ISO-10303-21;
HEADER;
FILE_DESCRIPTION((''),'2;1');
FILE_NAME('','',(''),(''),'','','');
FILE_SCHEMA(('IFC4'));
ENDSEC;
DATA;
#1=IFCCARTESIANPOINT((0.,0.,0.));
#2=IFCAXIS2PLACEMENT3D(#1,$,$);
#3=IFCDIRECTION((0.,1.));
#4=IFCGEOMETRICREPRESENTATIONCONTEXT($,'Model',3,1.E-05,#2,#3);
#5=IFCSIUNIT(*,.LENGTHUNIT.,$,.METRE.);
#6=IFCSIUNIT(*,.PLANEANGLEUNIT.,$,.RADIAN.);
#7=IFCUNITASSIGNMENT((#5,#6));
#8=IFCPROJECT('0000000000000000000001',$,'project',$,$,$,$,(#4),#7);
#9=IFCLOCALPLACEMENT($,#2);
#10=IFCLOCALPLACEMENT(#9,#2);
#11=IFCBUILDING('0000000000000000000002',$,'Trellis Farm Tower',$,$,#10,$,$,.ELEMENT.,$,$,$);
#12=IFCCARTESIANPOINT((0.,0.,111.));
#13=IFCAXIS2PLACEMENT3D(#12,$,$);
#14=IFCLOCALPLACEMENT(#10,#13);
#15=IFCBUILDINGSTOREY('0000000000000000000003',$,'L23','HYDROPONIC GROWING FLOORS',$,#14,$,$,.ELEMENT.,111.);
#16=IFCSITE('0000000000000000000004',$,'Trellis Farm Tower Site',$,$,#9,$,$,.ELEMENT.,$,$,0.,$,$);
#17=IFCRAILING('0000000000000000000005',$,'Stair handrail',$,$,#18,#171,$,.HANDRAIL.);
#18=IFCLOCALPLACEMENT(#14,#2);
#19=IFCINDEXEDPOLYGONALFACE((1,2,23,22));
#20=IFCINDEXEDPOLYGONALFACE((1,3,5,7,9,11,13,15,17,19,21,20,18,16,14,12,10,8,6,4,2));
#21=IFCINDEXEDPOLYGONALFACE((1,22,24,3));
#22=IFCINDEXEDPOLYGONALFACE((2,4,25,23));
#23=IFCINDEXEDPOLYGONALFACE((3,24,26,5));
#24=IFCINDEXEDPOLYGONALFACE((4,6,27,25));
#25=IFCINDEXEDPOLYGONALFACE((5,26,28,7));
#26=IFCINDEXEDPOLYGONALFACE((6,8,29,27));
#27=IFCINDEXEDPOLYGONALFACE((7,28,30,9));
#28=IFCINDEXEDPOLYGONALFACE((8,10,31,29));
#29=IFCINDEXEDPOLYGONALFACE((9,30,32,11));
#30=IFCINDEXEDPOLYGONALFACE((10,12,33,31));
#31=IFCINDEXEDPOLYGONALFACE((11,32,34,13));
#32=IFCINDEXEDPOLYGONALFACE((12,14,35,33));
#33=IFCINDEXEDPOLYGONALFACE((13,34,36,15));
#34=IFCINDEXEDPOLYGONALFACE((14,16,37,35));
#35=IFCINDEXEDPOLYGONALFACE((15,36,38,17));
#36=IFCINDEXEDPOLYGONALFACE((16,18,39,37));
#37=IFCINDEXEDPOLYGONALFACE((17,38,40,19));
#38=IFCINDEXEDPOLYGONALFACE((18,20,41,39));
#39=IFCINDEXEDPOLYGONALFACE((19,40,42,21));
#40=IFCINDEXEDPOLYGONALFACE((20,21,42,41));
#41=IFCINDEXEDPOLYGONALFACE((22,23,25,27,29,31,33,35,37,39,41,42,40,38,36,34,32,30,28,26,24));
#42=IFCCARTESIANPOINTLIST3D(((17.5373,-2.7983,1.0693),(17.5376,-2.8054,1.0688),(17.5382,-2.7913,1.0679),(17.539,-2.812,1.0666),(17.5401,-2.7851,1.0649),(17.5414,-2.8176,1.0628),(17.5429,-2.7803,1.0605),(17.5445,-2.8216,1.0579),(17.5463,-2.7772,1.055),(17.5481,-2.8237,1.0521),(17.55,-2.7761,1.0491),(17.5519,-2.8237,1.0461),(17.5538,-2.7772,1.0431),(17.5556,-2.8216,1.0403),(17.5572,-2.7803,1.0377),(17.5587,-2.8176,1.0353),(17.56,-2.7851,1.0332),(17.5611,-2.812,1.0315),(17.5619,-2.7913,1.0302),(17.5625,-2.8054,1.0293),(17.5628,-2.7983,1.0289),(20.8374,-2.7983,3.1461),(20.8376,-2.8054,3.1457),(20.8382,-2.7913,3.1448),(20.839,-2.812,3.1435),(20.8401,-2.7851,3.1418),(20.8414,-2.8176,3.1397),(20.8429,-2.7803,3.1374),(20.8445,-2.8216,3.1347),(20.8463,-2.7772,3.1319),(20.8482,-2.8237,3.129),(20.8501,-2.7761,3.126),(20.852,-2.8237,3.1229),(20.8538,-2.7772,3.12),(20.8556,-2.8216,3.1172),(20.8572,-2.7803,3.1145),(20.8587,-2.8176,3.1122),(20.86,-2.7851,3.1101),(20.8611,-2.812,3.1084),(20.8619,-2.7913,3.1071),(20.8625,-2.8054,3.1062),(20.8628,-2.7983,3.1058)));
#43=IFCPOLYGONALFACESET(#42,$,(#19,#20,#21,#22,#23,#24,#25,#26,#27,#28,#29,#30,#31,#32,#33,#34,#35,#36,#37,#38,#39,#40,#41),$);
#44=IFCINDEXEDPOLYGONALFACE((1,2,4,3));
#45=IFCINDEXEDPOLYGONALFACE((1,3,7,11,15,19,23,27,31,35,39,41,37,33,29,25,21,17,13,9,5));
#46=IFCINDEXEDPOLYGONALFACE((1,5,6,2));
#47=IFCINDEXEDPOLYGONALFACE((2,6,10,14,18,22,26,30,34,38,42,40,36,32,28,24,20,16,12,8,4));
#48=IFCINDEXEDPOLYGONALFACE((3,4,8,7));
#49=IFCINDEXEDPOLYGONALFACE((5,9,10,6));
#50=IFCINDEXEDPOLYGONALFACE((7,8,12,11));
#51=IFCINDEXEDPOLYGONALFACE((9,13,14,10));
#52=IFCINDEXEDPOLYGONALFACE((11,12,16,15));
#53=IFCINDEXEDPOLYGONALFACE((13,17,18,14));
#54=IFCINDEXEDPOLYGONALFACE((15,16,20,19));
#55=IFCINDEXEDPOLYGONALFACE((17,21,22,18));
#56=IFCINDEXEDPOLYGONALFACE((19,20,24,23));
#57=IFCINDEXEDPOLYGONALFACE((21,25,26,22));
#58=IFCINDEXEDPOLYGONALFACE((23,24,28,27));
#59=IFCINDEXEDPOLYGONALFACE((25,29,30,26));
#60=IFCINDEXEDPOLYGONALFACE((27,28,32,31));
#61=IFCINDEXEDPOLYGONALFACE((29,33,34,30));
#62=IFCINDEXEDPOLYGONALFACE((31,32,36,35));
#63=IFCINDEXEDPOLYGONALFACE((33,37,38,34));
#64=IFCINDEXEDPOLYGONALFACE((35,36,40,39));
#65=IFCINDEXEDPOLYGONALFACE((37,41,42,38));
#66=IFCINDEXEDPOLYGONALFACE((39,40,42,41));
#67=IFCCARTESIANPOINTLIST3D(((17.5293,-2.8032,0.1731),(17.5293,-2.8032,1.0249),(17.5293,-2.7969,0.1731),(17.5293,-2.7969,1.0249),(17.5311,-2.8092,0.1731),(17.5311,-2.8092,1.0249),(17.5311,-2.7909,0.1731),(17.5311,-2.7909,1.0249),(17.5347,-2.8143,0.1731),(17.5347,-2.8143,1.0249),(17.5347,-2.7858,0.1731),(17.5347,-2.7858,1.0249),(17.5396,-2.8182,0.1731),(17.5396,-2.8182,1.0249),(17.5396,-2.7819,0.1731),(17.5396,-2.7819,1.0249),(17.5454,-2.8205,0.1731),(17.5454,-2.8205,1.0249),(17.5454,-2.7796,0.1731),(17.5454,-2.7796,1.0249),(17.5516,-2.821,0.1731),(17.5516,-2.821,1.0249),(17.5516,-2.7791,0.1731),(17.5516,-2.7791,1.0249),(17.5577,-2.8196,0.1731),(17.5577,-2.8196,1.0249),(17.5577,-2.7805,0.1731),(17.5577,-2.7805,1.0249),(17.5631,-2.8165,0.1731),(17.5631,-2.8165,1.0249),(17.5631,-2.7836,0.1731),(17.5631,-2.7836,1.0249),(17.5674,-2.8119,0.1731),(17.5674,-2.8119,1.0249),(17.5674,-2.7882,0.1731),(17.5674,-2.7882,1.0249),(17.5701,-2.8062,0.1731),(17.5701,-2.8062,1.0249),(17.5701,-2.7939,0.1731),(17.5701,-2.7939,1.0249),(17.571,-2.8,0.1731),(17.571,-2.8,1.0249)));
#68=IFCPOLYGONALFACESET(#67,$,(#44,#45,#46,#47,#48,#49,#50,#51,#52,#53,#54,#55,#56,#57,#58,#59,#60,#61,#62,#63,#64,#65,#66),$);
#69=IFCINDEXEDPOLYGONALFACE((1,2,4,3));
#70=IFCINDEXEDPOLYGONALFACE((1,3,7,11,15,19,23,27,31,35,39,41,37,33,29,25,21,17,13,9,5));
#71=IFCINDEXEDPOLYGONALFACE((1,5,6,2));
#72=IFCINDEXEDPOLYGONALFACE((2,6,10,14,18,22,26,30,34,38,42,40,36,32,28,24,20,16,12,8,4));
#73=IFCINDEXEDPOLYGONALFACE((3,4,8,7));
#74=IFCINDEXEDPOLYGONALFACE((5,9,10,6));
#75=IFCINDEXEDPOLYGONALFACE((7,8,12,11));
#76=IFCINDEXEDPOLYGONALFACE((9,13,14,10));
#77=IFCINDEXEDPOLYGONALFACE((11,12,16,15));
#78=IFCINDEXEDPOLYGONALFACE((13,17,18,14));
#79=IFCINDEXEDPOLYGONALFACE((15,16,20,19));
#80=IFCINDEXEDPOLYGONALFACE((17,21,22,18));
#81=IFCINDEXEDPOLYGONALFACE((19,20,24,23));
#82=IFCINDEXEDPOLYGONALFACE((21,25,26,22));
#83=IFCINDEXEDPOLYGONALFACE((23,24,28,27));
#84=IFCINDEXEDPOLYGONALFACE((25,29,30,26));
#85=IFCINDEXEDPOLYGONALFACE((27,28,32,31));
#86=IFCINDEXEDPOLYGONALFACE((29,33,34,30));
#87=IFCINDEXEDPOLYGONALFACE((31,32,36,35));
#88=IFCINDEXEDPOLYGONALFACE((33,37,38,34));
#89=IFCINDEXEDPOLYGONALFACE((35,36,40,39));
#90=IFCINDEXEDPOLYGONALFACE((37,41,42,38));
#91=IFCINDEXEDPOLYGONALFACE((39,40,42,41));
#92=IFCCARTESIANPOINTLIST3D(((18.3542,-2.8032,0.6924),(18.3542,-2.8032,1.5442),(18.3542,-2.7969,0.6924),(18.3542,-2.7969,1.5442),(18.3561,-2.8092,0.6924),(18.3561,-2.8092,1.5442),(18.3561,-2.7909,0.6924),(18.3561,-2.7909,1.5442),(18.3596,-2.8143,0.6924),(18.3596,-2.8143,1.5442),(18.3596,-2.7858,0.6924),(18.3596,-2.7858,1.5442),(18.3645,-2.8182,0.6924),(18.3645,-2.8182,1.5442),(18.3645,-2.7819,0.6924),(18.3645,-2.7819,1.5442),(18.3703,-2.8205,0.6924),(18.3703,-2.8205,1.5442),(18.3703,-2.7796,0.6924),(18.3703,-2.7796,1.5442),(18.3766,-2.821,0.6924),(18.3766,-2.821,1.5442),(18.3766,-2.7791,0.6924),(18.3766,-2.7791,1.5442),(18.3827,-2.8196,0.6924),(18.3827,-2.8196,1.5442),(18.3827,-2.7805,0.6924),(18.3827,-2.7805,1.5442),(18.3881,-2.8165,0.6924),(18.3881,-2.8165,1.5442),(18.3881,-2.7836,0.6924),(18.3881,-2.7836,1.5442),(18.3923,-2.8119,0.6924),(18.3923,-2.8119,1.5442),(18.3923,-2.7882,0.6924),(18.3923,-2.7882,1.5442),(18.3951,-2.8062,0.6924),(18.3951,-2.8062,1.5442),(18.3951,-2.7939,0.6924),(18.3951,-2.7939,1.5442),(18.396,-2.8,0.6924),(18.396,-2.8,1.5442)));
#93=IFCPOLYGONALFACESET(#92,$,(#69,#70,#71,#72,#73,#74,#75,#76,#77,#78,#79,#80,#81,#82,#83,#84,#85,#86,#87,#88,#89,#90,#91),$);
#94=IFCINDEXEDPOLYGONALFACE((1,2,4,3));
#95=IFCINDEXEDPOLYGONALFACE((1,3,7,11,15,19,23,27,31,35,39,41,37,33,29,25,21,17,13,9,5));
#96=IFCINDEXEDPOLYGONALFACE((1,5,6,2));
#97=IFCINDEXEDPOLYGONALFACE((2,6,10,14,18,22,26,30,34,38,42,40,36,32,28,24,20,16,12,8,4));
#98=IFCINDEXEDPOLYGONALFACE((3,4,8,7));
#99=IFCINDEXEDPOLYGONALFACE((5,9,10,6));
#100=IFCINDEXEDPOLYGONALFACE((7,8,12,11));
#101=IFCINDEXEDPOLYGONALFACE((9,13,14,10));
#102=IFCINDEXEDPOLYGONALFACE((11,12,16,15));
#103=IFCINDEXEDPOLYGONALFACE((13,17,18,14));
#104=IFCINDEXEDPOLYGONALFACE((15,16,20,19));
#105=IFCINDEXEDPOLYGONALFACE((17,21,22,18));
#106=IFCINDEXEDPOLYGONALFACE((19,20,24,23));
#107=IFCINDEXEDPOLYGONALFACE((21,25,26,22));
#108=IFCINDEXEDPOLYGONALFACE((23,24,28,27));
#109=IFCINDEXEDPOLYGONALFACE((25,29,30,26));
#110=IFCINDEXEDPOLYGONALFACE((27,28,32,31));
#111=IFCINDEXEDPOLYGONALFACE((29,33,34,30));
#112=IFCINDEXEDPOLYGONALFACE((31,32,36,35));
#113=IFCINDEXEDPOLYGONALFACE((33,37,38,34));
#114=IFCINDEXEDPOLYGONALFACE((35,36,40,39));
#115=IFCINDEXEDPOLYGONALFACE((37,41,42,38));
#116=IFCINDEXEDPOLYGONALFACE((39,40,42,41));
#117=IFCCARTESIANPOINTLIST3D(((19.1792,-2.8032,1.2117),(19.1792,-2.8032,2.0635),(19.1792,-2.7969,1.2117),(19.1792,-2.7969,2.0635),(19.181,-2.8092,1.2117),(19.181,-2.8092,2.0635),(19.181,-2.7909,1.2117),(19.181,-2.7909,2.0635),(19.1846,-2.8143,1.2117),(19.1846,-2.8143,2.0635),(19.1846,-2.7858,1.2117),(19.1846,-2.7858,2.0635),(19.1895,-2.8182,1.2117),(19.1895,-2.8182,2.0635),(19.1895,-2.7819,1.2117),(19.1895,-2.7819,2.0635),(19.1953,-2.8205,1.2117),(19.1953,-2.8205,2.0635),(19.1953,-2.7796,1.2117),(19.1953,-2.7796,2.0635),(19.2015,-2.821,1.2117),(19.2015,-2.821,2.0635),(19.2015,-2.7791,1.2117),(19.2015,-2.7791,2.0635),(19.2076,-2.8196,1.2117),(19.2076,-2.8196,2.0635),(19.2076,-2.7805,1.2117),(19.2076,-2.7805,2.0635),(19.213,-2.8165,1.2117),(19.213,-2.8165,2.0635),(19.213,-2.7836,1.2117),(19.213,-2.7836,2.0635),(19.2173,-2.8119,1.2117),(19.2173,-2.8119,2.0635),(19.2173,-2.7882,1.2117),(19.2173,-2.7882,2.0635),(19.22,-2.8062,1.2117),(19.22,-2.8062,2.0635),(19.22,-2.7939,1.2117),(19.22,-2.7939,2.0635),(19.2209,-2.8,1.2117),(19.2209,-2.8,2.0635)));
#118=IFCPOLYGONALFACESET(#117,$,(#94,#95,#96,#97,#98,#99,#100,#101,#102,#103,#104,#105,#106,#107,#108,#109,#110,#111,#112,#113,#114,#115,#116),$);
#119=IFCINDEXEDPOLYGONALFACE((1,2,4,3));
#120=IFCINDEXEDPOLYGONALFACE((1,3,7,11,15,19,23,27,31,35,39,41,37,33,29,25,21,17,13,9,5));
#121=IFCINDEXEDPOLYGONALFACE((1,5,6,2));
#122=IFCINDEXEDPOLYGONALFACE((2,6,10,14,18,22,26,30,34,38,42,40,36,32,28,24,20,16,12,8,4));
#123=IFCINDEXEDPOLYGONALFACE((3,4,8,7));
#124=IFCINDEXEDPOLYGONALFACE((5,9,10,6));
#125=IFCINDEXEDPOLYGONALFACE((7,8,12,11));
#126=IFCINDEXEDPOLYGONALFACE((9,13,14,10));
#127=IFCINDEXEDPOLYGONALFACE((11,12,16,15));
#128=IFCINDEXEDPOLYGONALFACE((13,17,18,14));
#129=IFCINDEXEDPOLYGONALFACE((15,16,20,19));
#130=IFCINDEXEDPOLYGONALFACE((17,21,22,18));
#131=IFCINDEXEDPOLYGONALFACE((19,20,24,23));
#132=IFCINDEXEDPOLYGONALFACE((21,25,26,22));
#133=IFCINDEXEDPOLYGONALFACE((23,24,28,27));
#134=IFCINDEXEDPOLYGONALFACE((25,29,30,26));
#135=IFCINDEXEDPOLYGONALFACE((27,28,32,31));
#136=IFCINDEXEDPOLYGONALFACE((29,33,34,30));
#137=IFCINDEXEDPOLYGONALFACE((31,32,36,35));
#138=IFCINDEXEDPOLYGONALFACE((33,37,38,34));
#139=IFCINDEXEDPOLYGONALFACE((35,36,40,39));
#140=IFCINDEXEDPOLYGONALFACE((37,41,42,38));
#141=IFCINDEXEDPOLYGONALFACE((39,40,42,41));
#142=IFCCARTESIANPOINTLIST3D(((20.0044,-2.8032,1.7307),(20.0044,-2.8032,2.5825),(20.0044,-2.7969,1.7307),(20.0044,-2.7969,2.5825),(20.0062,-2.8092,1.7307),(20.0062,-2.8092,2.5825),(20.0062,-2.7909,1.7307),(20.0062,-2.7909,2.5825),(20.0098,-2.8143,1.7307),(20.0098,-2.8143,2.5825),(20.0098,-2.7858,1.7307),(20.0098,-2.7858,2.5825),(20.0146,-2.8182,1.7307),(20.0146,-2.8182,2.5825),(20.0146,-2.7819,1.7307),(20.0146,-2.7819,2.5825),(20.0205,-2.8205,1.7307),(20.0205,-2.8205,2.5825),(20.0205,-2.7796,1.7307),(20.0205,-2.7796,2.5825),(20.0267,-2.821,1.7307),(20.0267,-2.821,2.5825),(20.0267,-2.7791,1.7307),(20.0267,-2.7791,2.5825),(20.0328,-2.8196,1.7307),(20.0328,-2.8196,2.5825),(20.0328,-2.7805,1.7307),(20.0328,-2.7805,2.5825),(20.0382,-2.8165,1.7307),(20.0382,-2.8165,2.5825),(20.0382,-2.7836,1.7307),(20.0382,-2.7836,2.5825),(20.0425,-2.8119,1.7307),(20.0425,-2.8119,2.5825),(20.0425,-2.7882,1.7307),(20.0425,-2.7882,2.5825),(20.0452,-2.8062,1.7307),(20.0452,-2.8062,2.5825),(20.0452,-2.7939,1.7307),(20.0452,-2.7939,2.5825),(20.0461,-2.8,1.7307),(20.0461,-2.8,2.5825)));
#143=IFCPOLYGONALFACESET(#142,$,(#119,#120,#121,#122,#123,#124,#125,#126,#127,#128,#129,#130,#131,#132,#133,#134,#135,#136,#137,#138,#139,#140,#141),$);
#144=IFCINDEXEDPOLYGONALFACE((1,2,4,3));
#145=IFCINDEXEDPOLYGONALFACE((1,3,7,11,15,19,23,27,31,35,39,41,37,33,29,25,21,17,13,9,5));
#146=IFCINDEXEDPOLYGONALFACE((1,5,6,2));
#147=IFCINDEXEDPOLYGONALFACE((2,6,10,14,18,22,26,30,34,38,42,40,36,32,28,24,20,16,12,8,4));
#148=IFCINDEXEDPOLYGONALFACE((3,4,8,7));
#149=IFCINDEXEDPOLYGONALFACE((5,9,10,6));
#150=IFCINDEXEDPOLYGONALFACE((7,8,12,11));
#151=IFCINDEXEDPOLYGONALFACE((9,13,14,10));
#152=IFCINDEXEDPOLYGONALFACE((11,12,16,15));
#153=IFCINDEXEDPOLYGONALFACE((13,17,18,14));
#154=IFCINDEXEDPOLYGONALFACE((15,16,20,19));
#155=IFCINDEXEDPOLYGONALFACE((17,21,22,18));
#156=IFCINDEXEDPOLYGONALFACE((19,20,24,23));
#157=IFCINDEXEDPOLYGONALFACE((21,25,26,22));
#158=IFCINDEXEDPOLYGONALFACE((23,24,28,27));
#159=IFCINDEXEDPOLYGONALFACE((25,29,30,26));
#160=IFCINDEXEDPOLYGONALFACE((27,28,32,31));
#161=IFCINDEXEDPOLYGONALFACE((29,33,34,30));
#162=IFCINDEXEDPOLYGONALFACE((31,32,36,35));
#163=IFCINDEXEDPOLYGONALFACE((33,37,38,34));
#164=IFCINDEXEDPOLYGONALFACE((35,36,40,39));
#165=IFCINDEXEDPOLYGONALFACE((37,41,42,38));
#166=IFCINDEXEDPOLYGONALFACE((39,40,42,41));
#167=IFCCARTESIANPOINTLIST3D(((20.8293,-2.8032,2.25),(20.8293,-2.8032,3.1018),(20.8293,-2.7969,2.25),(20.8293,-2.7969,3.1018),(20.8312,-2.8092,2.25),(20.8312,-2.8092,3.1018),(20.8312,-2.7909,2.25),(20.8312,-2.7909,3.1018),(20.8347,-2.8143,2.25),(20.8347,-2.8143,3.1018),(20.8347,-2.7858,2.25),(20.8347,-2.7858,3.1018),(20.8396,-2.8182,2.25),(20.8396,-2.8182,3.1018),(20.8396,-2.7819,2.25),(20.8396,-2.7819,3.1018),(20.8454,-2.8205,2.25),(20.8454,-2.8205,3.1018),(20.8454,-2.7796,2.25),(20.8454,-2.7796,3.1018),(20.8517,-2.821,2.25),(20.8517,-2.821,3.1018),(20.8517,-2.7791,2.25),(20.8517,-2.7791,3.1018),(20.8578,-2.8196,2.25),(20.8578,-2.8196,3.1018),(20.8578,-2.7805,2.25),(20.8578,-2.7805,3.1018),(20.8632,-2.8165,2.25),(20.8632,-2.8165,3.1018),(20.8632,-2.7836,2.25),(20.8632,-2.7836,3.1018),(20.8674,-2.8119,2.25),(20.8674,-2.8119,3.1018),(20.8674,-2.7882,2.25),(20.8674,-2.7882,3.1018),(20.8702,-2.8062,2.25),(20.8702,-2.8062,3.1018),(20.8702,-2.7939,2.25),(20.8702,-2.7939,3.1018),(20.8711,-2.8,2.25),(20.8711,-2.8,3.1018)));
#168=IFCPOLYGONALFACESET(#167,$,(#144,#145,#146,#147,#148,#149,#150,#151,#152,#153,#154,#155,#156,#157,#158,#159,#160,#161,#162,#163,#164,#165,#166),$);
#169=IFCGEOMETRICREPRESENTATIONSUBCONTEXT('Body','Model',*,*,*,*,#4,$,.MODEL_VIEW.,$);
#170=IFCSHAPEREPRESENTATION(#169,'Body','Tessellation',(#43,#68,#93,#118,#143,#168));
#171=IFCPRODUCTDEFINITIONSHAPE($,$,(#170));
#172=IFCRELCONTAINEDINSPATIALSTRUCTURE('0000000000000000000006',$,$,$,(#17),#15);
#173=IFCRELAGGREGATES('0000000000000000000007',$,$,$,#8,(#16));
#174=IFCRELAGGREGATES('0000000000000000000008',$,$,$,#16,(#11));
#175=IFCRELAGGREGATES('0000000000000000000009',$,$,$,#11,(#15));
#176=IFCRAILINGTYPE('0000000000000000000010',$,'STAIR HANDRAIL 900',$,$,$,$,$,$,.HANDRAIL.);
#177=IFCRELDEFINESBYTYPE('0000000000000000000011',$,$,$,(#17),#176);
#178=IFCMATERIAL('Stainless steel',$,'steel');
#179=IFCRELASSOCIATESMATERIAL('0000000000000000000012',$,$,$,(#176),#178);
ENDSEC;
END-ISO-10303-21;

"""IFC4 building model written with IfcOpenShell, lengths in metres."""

from ifc_helpers import new_model, si_unit, direction, frame, origin, origin_2d, place, context, subcontext, project, spatial, circle, extrude, source, transform, mapped, material, type_object, element, save


model = new_model("IFC4")

# Units and contexts
model_context = context("Model", 3, precision=1e-05, world=origin(), true_north=direction((0.0, 1.0)))
body_context = subcontext(model_context, "Body", "Model", "MODEL_VIEW")
ifc_project = project(units=[si_unit("LENGTHUNIT", "METRE"), si_unit("PLANEANGLEUNIT", "RADIAN")], contexts=[model_context])

# Site, building, storey
site_placement = place(None, origin())
site = spatial("IfcSite", under=ifc_project, at=site_placement, Name="Trellis Farm Tower Site", CompositionType="ELEMENT", RefElevation=0.0)
building_placement = place(site_placement, origin())
building = spatial("IfcBuilding", under=site, at=building_placement, Name="Trellis Farm Tower", CompositionType="ELEMENT")
storey_placement = place(building_placement, frame((0.0, 0.0, 111.0)))
storey = spatial("IfcBuildingStorey", under=building, at=storey_placement, Name="L23", Description="HYDROPONIC GROWING FLOORS", CompositionType="ELEMENT", Elevation=111.0)

# Shared definitions
ifc_material_1 = material(Name="Stainless steel", Category="steel")

# Railing
railing_type = type_object("IfcRailingType", Name="STAIR HANDRAIL 900", PredefinedType="HANDRAIL", material=ifc_material_1)
shared_shape_1 = source(origin(), body_context, "Body", "SweptSolid", [
    extrude(circle(Radius=0.0239, at=origin_2d()), frame((0.0, 0.0, 0.876), z_axis=(0.846337, 0.0, 0.532647), x_axis=(0.0, 1.0, 0.0)), (0.0, 0.0, 1.0), 3.8992),
    extrude(circle(Radius=0.021, at=origin_2d()), origin(), (0.0, 0.0, 1.0), 0.8518),
    extrude(circle(Radius=0.021, at=origin_2d()), frame((0.825, 0.0, 0.5193)), (0.0, 0.0, 1.0), 0.8518),
    extrude(circle(Radius=0.021, at=origin_2d()), frame((1.6499, 0.0, 1.0386)), (0.0, 0.0, 1.0), 0.8518),
    extrude(circle(Radius=0.021, at=origin_2d()), frame((2.4751, 0.0, 1.5576)), (0.0, 0.0, 1.0), 0.8518),
    extrude(circle(Radius=0.021, at=origin_2d()), frame((3.3, 0.0, 2.0769)), (0.0, 0.0, 1.0), 0.8518),
])
railing_placement = place(storey_placement, frame((17.55, -2.8, 0.1731)))
element("IfcRailing", 1, at=railing_placement, inside=storey, type_object=railing_type, Name="Stair handrail", PredefinedType="HANDRAIL", context=body_context, shape_type="MappedRepresentation", body=[
    mapped(shared_shape_1, transform((0.0, 0.0, 0.0))),
])

save(model, "model.ifc")
